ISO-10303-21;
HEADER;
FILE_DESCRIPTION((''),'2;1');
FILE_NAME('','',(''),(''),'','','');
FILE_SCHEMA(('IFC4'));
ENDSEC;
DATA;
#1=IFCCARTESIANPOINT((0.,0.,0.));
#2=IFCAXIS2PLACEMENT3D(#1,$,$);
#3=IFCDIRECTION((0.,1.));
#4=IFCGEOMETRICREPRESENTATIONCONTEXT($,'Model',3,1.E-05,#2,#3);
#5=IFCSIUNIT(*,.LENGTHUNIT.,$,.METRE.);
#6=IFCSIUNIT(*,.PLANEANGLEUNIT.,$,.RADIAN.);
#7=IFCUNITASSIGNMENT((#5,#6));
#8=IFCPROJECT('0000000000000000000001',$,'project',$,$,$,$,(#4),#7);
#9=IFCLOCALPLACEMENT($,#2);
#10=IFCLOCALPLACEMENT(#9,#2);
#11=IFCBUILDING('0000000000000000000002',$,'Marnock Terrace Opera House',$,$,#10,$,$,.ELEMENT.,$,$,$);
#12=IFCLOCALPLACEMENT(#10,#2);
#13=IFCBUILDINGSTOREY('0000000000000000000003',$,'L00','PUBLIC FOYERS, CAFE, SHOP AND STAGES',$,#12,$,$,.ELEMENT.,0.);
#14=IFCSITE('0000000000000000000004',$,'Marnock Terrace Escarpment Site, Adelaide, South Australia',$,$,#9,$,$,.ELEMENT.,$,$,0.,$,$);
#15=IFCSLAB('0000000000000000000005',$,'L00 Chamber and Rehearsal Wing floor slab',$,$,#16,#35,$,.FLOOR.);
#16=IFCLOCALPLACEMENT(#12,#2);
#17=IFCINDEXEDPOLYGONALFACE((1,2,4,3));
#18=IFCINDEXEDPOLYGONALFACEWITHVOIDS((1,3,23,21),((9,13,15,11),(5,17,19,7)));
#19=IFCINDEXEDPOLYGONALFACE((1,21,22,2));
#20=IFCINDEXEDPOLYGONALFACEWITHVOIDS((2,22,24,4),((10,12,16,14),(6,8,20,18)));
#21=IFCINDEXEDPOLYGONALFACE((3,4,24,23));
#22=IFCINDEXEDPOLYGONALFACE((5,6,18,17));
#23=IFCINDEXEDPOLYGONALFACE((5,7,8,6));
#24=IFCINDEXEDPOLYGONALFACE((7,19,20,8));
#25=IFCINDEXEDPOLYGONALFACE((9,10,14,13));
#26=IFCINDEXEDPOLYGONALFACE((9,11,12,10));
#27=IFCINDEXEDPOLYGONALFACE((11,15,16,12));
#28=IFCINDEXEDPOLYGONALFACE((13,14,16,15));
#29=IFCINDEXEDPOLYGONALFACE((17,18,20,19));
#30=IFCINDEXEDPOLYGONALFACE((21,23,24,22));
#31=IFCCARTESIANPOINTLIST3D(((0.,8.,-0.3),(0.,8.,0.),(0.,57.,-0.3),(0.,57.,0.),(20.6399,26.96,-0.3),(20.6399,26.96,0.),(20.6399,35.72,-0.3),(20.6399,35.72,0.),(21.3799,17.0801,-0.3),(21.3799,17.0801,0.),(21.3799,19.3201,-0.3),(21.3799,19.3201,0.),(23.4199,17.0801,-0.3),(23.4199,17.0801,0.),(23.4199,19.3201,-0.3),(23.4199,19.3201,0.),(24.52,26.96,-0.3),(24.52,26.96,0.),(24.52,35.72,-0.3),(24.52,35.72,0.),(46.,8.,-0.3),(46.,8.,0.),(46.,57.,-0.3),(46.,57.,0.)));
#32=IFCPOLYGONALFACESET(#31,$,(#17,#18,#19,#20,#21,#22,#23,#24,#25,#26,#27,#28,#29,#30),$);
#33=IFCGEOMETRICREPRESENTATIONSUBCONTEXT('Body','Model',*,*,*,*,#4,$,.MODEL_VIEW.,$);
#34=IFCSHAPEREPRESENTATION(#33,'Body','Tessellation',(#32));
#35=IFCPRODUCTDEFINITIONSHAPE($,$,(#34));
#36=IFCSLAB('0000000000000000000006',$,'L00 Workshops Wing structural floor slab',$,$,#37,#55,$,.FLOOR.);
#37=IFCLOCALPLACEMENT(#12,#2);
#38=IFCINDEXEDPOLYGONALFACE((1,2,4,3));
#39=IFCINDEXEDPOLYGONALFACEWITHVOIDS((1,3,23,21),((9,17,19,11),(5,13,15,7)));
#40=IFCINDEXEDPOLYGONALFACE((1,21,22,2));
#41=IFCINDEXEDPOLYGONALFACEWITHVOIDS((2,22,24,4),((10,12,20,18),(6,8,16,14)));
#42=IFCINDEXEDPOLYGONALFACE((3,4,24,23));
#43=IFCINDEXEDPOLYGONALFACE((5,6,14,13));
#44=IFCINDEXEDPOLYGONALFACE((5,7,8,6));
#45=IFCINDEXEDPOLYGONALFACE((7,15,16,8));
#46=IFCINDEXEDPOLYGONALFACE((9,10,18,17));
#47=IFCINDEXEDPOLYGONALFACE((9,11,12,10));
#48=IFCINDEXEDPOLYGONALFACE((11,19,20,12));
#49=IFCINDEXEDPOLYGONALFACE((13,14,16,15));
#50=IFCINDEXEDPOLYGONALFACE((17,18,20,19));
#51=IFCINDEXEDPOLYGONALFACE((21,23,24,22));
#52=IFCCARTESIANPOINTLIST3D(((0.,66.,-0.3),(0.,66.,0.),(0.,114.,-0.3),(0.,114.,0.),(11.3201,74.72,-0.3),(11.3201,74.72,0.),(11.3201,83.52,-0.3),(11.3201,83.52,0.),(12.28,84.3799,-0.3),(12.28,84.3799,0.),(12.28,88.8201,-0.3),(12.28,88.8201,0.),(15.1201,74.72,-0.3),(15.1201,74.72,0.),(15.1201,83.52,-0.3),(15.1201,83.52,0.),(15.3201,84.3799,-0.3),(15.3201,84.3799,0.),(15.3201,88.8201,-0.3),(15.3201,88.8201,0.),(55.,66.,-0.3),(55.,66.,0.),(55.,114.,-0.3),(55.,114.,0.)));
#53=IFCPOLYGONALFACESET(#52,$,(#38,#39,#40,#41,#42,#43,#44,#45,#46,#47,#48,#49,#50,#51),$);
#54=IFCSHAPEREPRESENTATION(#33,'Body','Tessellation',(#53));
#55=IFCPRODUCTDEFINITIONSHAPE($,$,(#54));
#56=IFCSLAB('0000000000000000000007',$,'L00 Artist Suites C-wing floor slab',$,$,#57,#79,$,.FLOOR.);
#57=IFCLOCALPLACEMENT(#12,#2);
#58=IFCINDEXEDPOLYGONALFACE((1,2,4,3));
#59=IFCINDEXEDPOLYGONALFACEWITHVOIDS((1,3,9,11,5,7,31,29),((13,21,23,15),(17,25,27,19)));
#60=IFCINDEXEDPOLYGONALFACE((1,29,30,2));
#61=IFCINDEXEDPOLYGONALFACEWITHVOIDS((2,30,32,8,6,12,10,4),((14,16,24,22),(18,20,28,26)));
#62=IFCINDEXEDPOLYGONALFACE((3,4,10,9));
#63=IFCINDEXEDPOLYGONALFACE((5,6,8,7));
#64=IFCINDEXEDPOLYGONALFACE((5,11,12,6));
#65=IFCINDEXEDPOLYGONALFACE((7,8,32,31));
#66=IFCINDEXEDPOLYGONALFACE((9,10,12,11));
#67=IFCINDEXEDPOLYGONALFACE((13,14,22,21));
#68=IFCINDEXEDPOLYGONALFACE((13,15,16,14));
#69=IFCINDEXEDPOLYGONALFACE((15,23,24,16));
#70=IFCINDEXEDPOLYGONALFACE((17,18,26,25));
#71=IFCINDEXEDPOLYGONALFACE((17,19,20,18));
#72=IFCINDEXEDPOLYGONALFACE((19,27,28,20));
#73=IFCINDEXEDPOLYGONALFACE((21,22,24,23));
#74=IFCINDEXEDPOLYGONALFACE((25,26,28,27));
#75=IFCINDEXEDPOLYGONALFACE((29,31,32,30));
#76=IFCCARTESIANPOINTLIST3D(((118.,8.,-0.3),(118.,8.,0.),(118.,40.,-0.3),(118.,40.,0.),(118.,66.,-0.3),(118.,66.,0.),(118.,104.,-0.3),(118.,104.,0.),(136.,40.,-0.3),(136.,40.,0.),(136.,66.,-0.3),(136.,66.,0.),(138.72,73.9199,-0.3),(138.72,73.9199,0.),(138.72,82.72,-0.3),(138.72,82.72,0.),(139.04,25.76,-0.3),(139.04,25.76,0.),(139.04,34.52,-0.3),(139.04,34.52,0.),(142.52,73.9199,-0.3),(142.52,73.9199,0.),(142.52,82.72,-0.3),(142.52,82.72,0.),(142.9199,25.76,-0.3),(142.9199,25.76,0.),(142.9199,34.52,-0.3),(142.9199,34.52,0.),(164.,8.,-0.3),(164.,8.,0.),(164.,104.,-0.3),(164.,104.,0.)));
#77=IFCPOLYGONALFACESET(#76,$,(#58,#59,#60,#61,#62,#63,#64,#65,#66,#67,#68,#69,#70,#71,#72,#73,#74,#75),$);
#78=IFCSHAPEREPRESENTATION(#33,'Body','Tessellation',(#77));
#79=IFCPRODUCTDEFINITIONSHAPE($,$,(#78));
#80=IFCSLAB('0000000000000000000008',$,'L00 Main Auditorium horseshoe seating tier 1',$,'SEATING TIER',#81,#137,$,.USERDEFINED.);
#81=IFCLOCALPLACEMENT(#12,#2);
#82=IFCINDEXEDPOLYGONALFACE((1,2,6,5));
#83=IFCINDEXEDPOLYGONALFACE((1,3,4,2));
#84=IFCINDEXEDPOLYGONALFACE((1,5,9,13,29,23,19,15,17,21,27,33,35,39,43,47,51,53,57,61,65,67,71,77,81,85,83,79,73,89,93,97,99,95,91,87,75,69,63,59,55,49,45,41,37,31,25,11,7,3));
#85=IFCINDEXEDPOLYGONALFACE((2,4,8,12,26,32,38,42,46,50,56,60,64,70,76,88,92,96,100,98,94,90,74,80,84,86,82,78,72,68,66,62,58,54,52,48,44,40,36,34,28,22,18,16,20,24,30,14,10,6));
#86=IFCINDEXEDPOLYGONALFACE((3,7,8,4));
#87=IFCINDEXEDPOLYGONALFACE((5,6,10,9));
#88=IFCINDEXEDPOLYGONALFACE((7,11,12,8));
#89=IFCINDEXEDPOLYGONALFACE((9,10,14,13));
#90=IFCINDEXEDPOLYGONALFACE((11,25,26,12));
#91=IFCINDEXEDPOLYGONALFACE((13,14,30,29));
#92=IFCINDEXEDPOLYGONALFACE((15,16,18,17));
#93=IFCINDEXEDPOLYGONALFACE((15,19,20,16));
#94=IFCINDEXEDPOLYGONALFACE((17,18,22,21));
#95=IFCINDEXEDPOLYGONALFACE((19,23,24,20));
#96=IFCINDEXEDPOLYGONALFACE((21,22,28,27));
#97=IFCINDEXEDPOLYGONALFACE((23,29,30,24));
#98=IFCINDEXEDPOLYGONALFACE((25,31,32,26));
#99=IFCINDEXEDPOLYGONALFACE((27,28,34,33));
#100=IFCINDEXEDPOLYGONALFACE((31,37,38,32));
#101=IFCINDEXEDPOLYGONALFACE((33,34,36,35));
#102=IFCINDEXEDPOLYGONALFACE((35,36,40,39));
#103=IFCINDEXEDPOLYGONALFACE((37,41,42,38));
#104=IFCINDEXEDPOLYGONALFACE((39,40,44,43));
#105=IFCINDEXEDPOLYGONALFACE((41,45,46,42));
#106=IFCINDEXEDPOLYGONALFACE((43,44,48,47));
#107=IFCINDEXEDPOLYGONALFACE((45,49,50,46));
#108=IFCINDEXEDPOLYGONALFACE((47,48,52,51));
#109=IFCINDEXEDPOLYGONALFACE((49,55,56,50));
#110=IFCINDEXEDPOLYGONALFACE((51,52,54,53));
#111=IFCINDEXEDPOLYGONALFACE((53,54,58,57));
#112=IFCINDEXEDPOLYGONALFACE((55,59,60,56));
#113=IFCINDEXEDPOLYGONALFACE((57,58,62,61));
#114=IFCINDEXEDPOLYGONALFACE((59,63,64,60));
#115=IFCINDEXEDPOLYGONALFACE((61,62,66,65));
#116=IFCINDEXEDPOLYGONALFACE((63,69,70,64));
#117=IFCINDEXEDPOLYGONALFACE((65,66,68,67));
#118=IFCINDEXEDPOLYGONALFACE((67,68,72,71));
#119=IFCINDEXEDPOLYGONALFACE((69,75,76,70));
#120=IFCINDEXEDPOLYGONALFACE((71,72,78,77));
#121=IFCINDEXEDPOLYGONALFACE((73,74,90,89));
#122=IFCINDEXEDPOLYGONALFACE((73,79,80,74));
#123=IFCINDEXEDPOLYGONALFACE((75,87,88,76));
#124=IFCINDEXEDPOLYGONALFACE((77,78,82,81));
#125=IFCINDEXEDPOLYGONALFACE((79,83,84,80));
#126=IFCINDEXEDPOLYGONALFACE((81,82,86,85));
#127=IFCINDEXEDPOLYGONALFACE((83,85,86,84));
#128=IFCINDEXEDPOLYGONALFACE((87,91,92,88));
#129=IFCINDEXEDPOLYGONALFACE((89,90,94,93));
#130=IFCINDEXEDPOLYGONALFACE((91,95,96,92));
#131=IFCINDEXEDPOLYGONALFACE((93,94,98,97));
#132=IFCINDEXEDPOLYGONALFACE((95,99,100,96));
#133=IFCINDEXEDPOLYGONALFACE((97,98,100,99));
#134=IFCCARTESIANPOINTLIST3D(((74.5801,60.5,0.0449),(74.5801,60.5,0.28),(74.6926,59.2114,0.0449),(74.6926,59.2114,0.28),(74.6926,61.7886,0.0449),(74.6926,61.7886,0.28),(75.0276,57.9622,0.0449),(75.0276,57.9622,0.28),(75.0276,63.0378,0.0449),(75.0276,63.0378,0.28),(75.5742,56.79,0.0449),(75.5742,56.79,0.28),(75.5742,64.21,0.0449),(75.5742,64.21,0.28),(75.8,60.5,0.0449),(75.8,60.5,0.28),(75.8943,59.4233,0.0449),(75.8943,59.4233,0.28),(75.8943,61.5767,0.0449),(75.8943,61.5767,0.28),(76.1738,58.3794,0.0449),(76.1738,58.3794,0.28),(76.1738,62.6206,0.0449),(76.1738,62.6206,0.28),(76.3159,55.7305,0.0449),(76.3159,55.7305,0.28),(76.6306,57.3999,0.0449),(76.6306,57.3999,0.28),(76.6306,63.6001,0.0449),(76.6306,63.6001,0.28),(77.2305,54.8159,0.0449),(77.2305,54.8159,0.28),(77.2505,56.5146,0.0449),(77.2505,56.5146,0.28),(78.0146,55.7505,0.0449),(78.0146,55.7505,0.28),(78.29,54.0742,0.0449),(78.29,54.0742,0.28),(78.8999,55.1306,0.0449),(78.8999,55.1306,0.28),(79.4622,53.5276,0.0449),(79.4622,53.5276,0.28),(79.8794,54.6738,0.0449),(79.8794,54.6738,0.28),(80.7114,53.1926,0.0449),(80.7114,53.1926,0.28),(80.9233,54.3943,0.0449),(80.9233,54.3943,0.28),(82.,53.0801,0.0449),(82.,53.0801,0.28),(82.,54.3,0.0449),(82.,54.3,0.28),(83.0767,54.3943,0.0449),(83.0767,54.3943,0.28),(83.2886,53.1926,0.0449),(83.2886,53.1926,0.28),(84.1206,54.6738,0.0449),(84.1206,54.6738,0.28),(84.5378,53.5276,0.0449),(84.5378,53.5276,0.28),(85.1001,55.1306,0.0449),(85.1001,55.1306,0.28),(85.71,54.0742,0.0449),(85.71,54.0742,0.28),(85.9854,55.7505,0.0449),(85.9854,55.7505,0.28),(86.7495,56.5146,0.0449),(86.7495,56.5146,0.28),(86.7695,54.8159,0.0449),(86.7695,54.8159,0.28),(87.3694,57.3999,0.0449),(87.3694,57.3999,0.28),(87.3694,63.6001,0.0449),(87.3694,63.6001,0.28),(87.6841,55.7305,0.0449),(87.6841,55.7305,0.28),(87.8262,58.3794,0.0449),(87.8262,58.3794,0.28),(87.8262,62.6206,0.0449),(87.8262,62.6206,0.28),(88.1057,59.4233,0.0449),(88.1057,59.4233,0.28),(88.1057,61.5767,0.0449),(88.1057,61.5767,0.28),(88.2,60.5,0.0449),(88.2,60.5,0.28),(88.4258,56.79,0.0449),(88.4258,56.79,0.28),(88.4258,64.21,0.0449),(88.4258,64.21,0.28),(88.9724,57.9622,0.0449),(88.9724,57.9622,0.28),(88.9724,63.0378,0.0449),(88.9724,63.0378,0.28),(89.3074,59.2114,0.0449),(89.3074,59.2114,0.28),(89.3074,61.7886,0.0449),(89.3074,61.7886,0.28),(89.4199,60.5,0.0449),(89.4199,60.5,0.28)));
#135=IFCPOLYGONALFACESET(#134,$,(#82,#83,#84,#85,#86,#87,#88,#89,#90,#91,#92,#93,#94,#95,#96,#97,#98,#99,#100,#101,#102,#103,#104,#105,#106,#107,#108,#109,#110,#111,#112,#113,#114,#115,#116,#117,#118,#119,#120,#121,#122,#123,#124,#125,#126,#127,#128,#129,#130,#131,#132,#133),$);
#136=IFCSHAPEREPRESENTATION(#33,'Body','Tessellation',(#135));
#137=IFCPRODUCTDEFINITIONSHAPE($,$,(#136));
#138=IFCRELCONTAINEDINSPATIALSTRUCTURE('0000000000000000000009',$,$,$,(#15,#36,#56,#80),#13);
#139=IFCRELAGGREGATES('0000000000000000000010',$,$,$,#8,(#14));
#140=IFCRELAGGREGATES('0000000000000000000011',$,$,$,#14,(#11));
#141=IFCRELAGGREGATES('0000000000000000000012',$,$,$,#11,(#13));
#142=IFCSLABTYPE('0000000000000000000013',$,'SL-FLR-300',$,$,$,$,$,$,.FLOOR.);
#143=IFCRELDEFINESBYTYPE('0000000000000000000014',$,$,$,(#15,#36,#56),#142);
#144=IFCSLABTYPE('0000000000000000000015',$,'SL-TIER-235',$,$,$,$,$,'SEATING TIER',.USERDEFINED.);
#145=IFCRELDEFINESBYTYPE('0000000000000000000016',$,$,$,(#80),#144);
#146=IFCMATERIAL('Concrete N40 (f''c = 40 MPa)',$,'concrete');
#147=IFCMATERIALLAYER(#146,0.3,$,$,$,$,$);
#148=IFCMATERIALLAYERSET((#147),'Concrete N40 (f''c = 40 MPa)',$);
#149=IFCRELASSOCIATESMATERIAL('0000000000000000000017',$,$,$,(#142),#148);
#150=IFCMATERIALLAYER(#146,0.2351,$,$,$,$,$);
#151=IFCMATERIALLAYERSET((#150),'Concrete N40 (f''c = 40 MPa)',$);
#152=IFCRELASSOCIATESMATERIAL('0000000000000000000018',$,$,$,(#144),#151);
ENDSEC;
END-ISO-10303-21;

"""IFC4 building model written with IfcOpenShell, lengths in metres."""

from ifc_helpers import new_model, si_unit, direction, frame, origin, place, context, subcontext, project, spatial, polyline, outline, extrude, material, layer, layer_set, type_object, element, save


model = new_model("IFC4")

# Units and contexts
model_context = context("Model", 3, precision=1e-05, world=origin(), true_north=direction((0.0, 1.0)))
body_context = subcontext(model_context, "Body", "Model", "MODEL_VIEW")
ifc_project = project(units=[si_unit("LENGTHUNIT", "METRE"), si_unit("PLANEANGLEUNIT", "RADIAN")], contexts=[model_context])

# Site, building, storey
site_placement = place(None, origin())
site = spatial("IfcSite", under=ifc_project, at=site_placement, Name="Marnock Terrace Escarpment Site, Adelaide, South Australia", CompositionType="ELEMENT", RefElevation=0.0)
building_placement = place(site_placement, origin())
building = spatial("IfcBuilding", under=site, at=building_placement, Name="Marnock Terrace Opera House", CompositionType="ELEMENT")
storey_placement = place(building_placement, origin())
storey = spatial("IfcBuildingStorey", under=building, at=storey_placement, Name="L00", Description="PUBLIC FOYERS, CAFE, SHOP AND STAGES", CompositionType="ELEMENT", Elevation=0.0)

# Slabs
ifc_material_1 = material(Name="Concrete N40 (f'c = 40 MPa)", Category="concrete")
ifc_layer_1 = layer(ifc_material_1, 0.3)
ifc_layer_set_1 = layer_set([ifc_layer_1], Name="Concrete N40 (f'c = 40 MPa)")
slab_type_1 = type_object("IfcSlabType", Name="SL-FLR-300", PredefinedType="FLOOR", material=ifc_layer_set_1)
slab_1_placement = place(storey_placement, frame((0.0, 0.0, -0.3)))
element("IfcSlab", 1, at=slab_1_placement, inside=storey, type_object=slab_type_1, Name="L00 Chamber and Rehearsal Wing floor slab", PredefinedType="FLOOR", context=body_context, shape_type="SweptSolid", body=[
    extrude(outline(polyline([(0.0, 8.0), (46.0, 8.0), (46.0, 57.0), (0.0, 57.0), (0.0, 8.0)]), holes=[polyline([(24.52, 26.96), (24.52, 35.72), (20.6399, 35.72), (20.6399, 26.96), (24.52, 26.96)]), polyline([(21.3799, 17.0801), (23.4199, 17.0801), (23.4199, 19.3201), (21.3799, 19.3201), (21.3799, 17.0801)])]), origin(), (0.0, 0.0, 1.0), 0.3),
])
slab_2_placement = place(storey_placement, frame((0.0, 0.0, -0.3)))
element("IfcSlab", 2, at=slab_2_placement, inside=storey, type_object=slab_type_1, Name="L00 Workshops Wing structural floor slab", PredefinedType="FLOOR", context=body_context, shape_type="SweptSolid", body=[
    extrude(outline(polyline([(0.0, 66.0), (55.0, 66.0), (55.0, 114.0), (0.0, 114.0), (0.0, 66.0)]), holes=[polyline([(15.1201, 74.72), (15.1201, 83.52), (11.3201, 83.52), (11.3201, 74.72), (15.1201, 74.72)]), polyline([(12.28, 84.3799), (15.3201, 84.3799), (15.3201, 88.8201), (12.28, 88.8201), (12.28, 84.3799)])]), origin(), (0.0, 0.0, 1.0), 0.3),
])
slab_3_placement = place(storey_placement, frame((0.0, 0.0, -0.3)))
element("IfcSlab", 3, at=slab_3_placement, inside=storey, type_object=slab_type_1, Name="L00 Artist Suites C-wing floor slab", PredefinedType="FLOOR", context=body_context, shape_type="SweptSolid", body=[
    extrude(outline(polyline([(118.0, 8.0), (164.0, 8.0), (164.0, 104.0), (118.0, 104.0), (118.0, 66.0), (136.0, 66.0), (136.0, 40.0), (118.0, 40.0), (118.0, 8.0)]), holes=[polyline([(142.9199, 25.76), (142.9199, 34.52), (139.04, 34.52), (139.04, 25.76), (142.9199, 25.76)]), polyline([(142.52, 73.9199), (142.52, 82.72), (138.72, 82.72), (138.72, 73.9199), (142.52, 73.9199)])]), origin(), (0.0, 0.0, 1.0), 0.3),
])
ifc_layer_2 = layer(ifc_material_1, 0.2351)
ifc_layer_set_2 = layer_set([ifc_layer_2], Name="Concrete N40 (f'c = 40 MPa)")
slab_type_2 = type_object("IfcSlabType", Name="SL-TIER-235", ElementType="SEATING TIER", PredefinedType="USERDEFINED", material=ifc_layer_set_2)
slab_4_placement = place(storey_placement, frame((0.0, 0.0, 0.0449)))
element("IfcSlab", 4, at=slab_4_placement, inside=storey, type_object=slab_type_2, Name="L00 Main Auditorium horseshoe seating tier 1", ObjectType="SEATING TIER", PredefinedType="USERDEFINED", context=body_context, shape_type="SweptSolid", body=[
    extrude(outline(polyline([(75.5742, 64.21), (75.0276, 63.0378), (74.6926, 61.7886), (74.5801, 60.5), (74.6926, 59.2114), (75.0276, 57.9622), (75.5742, 56.79), (76.3159, 55.7305), (77.2305, 54.8159), (78.29, 54.0742), (79.4622, 53.5276), (80.7114, 53.1926), (82.0, 53.0801), (83.2886, 53.1926), (84.5378, 53.5276), (85.71, 54.0742), (86.7695, 54.8159), (87.6841, 55.7305), (88.4258, 56.79), (88.9724, 57.9622), (89.3074, 59.2114), (89.4199, 60.5), (89.3074, 61.7886), (88.9724, 63.0378), (88.4258, 64.21), (87.3694, 63.6001), (87.8262, 62.6206), (88.1057, 61.5767), (88.2, 60.5), (88.1057, 59.4233), (87.8262, 58.3794), (87.3694, 57.3999), (86.7495, 56.5146), (85.9854, 55.7505), (85.1001, 55.1306), (84.1206, 54.6738), (83.0767, 54.3943), (82.0, 54.3), (80.9233, 54.3943), (79.8794, 54.6738), (78.8999, 55.1306), (78.0146, 55.7505), (77.2505, 56.5146), (76.6306, 57.3999), (76.1738, 58.3794), (75.8943, 59.4233), (75.8, 60.5), (75.8943, 61.5767), (76.1738, 62.6206), (76.6306, 63.6001), (75.5742, 64.21)])), origin(), (0.0, 0.0, 1.0), 0.2351),
])

save(model, "model.ifc")
